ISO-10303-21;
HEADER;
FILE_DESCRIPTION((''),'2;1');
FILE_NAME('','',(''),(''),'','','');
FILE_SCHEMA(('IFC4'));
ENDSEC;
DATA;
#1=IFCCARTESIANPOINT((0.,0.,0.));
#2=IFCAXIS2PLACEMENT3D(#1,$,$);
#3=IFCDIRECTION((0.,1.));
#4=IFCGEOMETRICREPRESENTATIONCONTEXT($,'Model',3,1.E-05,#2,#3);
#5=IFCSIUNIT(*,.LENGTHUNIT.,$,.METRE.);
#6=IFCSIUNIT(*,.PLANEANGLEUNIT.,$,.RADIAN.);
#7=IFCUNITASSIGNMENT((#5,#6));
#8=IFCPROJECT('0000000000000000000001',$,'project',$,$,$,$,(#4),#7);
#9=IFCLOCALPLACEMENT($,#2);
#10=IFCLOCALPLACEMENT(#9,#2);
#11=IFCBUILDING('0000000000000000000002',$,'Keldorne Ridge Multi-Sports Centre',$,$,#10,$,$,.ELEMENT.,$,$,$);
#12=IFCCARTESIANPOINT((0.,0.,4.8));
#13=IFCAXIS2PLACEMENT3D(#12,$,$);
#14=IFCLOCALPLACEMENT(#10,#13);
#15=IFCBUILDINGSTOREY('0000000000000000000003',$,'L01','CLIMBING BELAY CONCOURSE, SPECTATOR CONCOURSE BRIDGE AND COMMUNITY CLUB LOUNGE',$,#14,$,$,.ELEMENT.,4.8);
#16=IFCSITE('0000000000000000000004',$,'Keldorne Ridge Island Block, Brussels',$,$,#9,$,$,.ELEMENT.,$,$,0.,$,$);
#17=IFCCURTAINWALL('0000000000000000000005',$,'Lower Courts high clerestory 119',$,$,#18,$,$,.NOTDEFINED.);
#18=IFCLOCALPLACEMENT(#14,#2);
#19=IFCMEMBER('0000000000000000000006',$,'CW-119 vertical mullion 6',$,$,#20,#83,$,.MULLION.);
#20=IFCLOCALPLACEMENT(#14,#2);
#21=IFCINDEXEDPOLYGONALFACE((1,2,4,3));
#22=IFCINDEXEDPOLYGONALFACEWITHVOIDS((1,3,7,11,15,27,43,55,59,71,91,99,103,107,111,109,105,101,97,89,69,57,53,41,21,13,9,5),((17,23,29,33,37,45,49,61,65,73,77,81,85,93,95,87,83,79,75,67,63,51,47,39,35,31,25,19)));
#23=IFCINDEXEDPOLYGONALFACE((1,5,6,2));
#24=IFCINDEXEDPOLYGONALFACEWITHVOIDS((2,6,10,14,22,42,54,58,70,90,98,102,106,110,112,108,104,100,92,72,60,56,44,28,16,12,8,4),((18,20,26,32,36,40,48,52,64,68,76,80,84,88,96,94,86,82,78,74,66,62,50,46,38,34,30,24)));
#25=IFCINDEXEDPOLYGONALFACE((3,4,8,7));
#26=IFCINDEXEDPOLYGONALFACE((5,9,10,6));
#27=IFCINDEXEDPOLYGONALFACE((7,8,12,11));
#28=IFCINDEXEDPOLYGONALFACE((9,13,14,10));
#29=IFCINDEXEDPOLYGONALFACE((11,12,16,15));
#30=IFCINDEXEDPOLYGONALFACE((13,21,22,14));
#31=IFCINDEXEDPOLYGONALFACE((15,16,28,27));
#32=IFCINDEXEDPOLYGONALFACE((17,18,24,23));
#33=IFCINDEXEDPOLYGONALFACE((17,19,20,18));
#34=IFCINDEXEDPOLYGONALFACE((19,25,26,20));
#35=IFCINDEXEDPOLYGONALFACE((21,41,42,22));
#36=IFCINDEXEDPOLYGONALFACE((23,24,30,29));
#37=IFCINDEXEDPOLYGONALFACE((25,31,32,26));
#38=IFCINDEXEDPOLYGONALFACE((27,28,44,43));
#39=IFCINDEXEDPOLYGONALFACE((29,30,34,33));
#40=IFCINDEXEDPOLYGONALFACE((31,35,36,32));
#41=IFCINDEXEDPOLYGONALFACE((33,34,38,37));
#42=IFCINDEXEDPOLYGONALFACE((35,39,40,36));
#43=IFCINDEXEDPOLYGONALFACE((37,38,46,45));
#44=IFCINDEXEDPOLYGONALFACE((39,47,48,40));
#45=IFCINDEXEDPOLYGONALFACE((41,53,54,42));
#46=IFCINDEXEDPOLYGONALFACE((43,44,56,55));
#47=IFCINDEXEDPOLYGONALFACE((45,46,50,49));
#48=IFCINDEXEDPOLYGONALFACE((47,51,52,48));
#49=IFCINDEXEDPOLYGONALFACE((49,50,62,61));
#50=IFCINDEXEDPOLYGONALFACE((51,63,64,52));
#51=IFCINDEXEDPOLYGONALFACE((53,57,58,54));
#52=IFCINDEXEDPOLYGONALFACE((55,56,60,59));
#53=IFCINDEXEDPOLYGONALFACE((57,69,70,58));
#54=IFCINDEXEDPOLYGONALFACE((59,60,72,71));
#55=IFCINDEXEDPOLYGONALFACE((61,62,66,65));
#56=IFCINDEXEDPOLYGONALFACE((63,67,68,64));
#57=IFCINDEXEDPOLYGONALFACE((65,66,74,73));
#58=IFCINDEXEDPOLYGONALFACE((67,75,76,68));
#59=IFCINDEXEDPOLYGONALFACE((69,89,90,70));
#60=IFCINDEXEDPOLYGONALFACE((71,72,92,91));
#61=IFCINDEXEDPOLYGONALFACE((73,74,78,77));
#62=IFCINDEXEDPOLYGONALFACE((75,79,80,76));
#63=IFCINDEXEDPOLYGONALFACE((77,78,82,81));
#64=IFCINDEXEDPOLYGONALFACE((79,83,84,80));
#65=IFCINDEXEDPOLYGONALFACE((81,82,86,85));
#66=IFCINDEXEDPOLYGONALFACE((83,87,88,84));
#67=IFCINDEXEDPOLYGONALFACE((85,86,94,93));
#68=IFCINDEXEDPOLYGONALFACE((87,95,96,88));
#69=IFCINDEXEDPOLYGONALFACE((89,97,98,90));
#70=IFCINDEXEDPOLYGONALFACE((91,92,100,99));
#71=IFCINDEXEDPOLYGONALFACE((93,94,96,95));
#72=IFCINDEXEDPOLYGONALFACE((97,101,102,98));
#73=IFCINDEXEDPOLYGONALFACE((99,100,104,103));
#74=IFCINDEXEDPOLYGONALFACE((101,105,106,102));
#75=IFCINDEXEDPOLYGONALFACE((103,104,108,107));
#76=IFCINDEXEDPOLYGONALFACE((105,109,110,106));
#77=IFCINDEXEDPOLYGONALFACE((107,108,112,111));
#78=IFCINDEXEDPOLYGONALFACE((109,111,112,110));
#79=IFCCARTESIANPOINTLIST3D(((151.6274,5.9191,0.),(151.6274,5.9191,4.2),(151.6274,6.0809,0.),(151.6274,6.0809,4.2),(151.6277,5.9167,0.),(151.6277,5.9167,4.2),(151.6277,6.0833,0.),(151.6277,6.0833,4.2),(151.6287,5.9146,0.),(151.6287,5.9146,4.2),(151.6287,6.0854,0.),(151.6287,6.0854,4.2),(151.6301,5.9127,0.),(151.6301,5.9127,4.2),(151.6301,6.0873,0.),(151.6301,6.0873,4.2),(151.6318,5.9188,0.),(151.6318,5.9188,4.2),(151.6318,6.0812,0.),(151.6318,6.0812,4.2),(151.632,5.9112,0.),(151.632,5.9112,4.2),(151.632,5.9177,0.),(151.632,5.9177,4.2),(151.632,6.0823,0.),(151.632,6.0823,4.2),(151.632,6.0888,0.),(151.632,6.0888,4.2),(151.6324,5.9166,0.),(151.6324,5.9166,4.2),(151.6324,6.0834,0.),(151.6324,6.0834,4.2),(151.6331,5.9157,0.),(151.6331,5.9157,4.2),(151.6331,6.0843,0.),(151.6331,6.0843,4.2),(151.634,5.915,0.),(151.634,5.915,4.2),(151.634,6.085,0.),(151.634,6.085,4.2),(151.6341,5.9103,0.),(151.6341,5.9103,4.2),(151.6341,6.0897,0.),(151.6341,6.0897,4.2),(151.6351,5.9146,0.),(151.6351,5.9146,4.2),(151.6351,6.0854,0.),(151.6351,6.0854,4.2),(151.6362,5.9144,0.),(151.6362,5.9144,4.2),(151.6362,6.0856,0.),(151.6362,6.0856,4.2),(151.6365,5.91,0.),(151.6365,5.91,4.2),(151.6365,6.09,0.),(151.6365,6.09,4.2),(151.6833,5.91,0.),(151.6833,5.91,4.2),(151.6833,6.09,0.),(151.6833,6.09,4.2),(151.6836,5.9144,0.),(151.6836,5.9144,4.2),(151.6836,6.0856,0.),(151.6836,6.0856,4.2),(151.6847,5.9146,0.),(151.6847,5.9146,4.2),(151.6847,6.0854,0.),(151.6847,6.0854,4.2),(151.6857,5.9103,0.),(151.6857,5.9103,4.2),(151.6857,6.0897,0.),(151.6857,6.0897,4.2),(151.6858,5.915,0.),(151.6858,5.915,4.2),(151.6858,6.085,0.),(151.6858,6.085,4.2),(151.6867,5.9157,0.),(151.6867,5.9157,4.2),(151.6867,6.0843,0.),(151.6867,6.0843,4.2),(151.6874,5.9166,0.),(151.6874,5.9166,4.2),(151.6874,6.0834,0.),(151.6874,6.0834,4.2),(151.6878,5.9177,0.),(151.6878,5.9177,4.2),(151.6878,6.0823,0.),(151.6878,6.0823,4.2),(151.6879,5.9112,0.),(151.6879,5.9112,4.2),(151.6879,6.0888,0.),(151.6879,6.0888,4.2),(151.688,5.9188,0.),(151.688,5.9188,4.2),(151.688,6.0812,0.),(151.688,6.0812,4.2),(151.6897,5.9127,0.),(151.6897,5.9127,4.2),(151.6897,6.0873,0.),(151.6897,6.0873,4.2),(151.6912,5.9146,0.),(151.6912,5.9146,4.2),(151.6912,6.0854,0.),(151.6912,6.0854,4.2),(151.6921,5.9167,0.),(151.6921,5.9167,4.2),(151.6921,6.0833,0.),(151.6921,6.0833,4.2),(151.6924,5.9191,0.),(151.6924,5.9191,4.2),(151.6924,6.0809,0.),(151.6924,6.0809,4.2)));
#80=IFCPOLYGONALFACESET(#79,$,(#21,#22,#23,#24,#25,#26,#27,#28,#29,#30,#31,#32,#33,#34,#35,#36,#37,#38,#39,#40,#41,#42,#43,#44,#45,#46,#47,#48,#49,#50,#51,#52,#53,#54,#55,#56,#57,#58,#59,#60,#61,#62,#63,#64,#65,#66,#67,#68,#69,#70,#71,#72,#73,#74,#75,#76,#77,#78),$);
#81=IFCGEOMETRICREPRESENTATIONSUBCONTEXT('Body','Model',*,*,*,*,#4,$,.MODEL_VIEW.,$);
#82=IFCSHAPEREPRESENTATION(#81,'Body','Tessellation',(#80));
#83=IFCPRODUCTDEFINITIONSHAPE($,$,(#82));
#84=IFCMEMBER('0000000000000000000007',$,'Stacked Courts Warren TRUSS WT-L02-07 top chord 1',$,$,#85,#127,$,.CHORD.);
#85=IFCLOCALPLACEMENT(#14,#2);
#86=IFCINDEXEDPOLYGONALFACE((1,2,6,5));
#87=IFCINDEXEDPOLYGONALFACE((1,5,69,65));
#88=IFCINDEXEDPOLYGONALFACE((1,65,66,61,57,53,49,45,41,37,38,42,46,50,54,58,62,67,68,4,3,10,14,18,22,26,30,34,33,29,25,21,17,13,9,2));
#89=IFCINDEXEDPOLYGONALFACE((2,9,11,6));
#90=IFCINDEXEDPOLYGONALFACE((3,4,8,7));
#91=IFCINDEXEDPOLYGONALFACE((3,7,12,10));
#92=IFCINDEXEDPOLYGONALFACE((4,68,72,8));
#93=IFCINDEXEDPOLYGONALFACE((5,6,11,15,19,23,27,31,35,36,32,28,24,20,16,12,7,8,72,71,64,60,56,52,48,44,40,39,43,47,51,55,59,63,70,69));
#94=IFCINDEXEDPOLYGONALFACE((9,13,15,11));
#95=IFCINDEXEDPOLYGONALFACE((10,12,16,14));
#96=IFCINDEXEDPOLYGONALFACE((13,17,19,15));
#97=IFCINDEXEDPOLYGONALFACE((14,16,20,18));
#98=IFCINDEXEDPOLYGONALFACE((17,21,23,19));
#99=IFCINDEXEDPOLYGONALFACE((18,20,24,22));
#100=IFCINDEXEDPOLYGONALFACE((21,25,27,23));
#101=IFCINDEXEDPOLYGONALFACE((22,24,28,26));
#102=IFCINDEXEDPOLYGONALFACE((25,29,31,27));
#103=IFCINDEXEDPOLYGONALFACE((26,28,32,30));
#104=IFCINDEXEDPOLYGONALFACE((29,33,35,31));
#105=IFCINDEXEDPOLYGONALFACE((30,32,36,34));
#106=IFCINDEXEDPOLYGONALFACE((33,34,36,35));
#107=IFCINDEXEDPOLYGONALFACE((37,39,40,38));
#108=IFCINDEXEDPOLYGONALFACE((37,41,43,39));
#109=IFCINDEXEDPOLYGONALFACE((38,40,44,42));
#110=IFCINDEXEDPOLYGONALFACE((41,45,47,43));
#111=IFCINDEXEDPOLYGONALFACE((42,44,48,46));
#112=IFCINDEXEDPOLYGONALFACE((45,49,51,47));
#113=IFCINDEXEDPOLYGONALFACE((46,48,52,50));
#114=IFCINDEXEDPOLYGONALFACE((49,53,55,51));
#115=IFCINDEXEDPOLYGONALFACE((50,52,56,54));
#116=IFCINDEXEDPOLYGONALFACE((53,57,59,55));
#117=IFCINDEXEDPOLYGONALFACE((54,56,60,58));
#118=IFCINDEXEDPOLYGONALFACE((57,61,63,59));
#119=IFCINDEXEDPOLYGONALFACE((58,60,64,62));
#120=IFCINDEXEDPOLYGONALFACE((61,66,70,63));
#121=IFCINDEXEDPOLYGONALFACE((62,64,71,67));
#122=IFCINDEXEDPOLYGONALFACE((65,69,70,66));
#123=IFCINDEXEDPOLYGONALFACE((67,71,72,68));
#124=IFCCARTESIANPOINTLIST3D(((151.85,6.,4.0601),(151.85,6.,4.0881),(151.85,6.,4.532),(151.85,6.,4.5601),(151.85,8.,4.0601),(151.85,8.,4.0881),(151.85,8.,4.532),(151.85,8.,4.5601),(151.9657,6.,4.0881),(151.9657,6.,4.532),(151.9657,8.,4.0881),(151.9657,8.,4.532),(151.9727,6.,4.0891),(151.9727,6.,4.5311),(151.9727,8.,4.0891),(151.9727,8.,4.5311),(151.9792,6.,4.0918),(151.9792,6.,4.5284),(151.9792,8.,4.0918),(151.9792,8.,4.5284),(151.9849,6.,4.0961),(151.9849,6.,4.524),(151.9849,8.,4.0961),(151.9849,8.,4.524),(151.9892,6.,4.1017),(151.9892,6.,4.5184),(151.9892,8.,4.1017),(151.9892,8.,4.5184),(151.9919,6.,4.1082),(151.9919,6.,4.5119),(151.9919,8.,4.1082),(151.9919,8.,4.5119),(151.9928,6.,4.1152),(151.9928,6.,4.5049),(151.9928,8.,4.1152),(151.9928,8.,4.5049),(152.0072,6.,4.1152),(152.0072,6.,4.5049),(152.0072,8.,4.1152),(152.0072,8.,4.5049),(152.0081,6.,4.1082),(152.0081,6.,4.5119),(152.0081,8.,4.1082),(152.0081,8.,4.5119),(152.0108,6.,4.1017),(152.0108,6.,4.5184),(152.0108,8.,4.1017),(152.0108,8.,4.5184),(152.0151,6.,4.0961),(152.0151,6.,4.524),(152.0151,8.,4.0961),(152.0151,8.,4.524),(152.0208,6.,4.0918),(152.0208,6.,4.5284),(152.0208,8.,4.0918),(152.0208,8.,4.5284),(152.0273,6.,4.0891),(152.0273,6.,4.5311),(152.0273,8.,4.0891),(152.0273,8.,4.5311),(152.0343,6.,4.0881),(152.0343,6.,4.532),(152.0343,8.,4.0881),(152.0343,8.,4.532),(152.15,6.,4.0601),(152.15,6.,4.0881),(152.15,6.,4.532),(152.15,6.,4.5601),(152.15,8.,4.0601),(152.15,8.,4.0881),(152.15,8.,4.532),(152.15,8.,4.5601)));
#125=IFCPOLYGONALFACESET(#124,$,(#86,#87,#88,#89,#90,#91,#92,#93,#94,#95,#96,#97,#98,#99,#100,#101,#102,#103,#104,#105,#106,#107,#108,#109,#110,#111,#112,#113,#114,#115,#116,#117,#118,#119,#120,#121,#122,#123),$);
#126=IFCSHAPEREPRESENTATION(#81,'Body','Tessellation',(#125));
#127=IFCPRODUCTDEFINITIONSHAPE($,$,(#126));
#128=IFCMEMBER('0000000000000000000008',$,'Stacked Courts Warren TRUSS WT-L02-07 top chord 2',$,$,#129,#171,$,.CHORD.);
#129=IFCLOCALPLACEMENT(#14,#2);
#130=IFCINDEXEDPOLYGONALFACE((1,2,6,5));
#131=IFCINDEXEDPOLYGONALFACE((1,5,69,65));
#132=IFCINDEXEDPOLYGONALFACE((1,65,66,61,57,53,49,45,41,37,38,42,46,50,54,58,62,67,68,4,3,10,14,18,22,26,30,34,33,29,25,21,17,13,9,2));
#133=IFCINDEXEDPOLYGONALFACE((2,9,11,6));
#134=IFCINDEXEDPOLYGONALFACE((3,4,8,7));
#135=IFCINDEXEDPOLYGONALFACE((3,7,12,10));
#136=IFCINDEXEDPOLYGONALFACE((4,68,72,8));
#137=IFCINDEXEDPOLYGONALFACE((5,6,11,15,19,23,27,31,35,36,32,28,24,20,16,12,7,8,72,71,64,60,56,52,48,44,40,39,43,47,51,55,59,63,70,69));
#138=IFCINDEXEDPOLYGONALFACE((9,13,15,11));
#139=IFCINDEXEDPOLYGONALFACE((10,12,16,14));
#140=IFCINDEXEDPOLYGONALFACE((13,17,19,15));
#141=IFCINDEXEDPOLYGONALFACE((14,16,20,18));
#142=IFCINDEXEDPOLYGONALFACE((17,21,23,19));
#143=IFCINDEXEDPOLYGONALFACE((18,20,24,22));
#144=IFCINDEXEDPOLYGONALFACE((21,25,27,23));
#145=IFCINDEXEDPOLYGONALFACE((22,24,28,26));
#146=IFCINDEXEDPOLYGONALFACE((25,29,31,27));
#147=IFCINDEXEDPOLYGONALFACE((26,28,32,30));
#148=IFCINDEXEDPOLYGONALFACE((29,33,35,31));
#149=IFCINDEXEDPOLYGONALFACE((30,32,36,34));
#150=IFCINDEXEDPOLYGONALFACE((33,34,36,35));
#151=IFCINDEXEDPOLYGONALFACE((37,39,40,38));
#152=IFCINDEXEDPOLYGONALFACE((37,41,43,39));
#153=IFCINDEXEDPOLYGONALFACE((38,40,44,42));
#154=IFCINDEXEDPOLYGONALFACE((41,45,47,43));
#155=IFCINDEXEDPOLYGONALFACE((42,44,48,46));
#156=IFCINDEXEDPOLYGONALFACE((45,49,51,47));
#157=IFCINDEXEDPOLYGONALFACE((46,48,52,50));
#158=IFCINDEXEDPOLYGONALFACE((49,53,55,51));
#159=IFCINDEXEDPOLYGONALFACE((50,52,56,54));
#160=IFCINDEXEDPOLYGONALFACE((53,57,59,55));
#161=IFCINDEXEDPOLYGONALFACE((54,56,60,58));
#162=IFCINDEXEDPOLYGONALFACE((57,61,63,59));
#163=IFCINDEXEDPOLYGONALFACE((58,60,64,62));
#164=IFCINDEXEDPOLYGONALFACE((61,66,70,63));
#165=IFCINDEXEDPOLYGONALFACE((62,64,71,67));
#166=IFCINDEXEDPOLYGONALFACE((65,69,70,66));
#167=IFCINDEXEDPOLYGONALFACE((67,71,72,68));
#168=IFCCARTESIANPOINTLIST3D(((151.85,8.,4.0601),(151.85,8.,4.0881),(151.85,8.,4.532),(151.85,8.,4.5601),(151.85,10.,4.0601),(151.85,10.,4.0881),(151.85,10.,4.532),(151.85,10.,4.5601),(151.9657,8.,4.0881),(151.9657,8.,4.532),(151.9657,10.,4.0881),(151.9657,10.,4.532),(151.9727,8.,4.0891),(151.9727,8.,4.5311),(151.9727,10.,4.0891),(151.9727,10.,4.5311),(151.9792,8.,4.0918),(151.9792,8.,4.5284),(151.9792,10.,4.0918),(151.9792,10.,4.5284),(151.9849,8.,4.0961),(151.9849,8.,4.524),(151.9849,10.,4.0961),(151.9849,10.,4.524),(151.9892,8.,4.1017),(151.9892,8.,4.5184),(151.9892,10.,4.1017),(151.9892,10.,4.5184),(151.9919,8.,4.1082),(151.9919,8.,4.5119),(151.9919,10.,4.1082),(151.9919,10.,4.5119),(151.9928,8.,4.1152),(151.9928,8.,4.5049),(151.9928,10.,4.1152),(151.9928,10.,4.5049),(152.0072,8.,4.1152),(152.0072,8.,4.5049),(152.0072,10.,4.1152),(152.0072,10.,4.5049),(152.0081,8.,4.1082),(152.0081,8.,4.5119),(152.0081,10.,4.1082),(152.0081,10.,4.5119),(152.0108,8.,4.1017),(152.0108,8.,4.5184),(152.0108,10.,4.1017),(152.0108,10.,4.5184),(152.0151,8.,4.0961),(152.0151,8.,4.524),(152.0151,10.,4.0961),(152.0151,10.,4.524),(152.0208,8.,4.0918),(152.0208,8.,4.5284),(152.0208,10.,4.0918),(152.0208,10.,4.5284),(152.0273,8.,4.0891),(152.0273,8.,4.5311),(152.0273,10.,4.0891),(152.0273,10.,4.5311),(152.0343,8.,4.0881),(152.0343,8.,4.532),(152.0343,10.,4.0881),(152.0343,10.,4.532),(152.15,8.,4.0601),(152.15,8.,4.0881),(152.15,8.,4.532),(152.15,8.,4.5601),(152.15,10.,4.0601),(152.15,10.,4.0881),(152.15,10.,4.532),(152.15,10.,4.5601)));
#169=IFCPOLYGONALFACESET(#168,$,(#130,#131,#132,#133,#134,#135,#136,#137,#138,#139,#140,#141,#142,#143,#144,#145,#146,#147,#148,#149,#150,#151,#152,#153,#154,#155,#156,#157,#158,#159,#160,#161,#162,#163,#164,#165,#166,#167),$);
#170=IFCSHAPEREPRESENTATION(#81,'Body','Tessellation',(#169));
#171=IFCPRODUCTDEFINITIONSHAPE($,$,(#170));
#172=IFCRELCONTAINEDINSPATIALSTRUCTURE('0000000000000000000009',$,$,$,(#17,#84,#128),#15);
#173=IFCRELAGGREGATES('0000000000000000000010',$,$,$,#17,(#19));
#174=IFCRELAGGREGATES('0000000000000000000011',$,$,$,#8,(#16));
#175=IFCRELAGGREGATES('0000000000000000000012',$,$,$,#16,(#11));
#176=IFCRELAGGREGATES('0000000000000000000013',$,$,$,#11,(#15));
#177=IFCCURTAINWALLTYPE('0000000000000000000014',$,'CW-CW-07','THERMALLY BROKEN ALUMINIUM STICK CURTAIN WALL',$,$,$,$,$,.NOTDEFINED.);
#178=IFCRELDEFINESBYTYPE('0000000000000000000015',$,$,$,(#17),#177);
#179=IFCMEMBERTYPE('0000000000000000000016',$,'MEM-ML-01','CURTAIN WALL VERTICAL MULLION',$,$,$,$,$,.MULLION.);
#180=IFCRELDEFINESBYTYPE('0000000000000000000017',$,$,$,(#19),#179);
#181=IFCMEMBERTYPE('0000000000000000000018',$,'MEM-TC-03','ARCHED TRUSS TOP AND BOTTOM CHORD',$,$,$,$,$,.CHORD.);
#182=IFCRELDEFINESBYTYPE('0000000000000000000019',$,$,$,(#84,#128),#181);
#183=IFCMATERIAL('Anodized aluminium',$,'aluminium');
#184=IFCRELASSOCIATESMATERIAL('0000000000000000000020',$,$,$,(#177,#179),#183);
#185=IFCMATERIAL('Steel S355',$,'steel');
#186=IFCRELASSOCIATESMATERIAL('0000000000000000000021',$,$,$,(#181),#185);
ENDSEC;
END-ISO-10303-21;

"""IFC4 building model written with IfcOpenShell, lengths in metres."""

from ifc_helpers import new_model, si_unit, direction, frame, origin, origin_2d, place, context, subcontext, project, spatial, hollow_rectangle, i_section, extrude, material, material_profile, profile_set, type_object, element, aggregate, save


model = new_model("IFC4")

# Units and contexts
model_context = context("Model", 3, precision=1e-05, world=origin(), true_north=direction((0.0, 1.0)))
body_context = subcontext(model_context, "Body", "Model", "MODEL_VIEW")
ifc_project = project(units=[si_unit("LENGTHUNIT", "METRE"), si_unit("PLANEANGLEUNIT", "RADIAN")], contexts=[model_context])

# Site, building, storey
site_placement = place(None, origin())
site = spatial("IfcSite", under=ifc_project, at=site_placement, Name="Keldorne Ridge Island Block, Brussels", CompositionType="ELEMENT", RefElevation=0.0)
building_placement = place(site_placement, origin())
building = spatial("IfcBuilding", under=site, at=building_placement, Name="Keldorne Ridge Multi-Sports Centre", CompositionType="ELEMENT")
storey_placement = place(building_placement, frame((0.0, 0.0, 4.8)))
storey = spatial("IfcBuildingStorey", under=building, at=storey_placement, Name="L01", Description="CLIMBING BELAY CONCOURSE, SPECTATOR CONCOURSE BRIDGE AND COMMUNITY CLUB LOUNGE", CompositionType="ELEMENT", Elevation=4.8)

# Shared definitions
ifc_material_1 = material(Name="Steel S355", Category="steel")

# Curtain wall, member
ifc_material_2 = material(Name="Anodized aluminium", Category="aluminium")
curtain_wall_type = type_object("IfcCurtainWallType", Name="CW-CW-07", Description="THERMALLY BROKEN ALUMINIUM STICK CURTAIN WALL", PredefinedType="NOTDEFINED", material=ifc_material_2)
curtain_wall_placement = place(storey_placement, origin())
curtain_wall = element("IfcCurtainWall", 1, at=curtain_wall_placement, inside=storey, type_object=curtain_wall_type, Name="Lower Courts high clerestory 119", PredefinedType="NOTDEFINED")
ifc_material_profile_1 = material_profile(ifc_material_2, hollow_rectangle(XDim=0.0649, YDim=0.1799, WallThickness=0.0044, InnerFilletRadius=0.0044, OuterFilletRadius=0.009, at=origin_2d()), Name="ALU MULLION 180x65x4.5")
ifc_profile_set_1 = profile_set([ifc_material_profile_1], Name="Anodized aluminium")
member_type_1 = type_object("IfcMemberType", Name="MEM-ML-01", Description="CURTAIN WALL VERTICAL MULLION", PredefinedType="MULLION", material=ifc_profile_set_1)
member_1_placement = place(storey_placement, frame((151.6599, 6.0, 0.0), z_axis=(0.0, 0.0, 1.0), x_axis=(1.0, 0.0, 0.0)))
member_1 = element("IfcMember", 2, at=member_1_placement, type_object=member_type_1, Name="CW-119 vertical mullion 6", PredefinedType="MULLION", context=body_context, shape_type="SweptSolid", body=[
    extrude(hollow_rectangle(XDim=0.0649, YDim=0.1799, WallThickness=0.0044, InnerFilletRadius=0.0044, OuterFilletRadius=0.009, at=origin_2d()), origin(), (0.0, 0.0, 1.0), 4.2),
])

# Members
ifc_material_profile_2 = material_profile(ifc_material_1, i_section(OverallWidth=0.3, OverallDepth=0.5, WebThickness=0.0144, FlangeThickness=0.0281, FilletRadius=0.0271, at=origin_2d()), Name="HEB 500")
ifc_profile_set_2 = profile_set([ifc_material_profile_2], Name="Steel S355")
member_type_2 = type_object("IfcMemberType", Name="MEM-TC-03", Description="ARCHED TRUSS TOP AND BOTTOM CHORD", PredefinedType="CHORD", material=ifc_profile_set_2)
for number, where, z_axis, x_axis, name in (
    (3, (152.0, 6.0, 4.3101), (0.0, 1.0, 0.0), (-1.0, 0.0, 0.0), "Stacked Courts Warren TRUSS WT-L02-07 top chord 1"),
    (4, (152.0, 8.0, 4.3101), (0.0, 1.0, 0.0), (-1.0, 0.0, 0.0), "Stacked Courts Warren TRUSS WT-L02-07 top chord 2"),
):
    element("IfcMember", number, at=place(storey_placement, frame(where, z_axis=z_axis, x_axis=x_axis)), inside=storey, type_object=member_type_2, Name=name, PredefinedType="CHORD", context=body_context, shape_type="SweptSolid", body=[
        extrude(i_section(OverallWidth=0.3, OverallDepth=0.5, WebThickness=0.0144, FlangeThickness=0.0281, FilletRadius=0.0271, at=origin_2d()), origin(), (0.0, 0.0, 1.0), 2.0),
    ])

aggregate(curtain_wall, [member_1])

save(model, "model.ifc")
